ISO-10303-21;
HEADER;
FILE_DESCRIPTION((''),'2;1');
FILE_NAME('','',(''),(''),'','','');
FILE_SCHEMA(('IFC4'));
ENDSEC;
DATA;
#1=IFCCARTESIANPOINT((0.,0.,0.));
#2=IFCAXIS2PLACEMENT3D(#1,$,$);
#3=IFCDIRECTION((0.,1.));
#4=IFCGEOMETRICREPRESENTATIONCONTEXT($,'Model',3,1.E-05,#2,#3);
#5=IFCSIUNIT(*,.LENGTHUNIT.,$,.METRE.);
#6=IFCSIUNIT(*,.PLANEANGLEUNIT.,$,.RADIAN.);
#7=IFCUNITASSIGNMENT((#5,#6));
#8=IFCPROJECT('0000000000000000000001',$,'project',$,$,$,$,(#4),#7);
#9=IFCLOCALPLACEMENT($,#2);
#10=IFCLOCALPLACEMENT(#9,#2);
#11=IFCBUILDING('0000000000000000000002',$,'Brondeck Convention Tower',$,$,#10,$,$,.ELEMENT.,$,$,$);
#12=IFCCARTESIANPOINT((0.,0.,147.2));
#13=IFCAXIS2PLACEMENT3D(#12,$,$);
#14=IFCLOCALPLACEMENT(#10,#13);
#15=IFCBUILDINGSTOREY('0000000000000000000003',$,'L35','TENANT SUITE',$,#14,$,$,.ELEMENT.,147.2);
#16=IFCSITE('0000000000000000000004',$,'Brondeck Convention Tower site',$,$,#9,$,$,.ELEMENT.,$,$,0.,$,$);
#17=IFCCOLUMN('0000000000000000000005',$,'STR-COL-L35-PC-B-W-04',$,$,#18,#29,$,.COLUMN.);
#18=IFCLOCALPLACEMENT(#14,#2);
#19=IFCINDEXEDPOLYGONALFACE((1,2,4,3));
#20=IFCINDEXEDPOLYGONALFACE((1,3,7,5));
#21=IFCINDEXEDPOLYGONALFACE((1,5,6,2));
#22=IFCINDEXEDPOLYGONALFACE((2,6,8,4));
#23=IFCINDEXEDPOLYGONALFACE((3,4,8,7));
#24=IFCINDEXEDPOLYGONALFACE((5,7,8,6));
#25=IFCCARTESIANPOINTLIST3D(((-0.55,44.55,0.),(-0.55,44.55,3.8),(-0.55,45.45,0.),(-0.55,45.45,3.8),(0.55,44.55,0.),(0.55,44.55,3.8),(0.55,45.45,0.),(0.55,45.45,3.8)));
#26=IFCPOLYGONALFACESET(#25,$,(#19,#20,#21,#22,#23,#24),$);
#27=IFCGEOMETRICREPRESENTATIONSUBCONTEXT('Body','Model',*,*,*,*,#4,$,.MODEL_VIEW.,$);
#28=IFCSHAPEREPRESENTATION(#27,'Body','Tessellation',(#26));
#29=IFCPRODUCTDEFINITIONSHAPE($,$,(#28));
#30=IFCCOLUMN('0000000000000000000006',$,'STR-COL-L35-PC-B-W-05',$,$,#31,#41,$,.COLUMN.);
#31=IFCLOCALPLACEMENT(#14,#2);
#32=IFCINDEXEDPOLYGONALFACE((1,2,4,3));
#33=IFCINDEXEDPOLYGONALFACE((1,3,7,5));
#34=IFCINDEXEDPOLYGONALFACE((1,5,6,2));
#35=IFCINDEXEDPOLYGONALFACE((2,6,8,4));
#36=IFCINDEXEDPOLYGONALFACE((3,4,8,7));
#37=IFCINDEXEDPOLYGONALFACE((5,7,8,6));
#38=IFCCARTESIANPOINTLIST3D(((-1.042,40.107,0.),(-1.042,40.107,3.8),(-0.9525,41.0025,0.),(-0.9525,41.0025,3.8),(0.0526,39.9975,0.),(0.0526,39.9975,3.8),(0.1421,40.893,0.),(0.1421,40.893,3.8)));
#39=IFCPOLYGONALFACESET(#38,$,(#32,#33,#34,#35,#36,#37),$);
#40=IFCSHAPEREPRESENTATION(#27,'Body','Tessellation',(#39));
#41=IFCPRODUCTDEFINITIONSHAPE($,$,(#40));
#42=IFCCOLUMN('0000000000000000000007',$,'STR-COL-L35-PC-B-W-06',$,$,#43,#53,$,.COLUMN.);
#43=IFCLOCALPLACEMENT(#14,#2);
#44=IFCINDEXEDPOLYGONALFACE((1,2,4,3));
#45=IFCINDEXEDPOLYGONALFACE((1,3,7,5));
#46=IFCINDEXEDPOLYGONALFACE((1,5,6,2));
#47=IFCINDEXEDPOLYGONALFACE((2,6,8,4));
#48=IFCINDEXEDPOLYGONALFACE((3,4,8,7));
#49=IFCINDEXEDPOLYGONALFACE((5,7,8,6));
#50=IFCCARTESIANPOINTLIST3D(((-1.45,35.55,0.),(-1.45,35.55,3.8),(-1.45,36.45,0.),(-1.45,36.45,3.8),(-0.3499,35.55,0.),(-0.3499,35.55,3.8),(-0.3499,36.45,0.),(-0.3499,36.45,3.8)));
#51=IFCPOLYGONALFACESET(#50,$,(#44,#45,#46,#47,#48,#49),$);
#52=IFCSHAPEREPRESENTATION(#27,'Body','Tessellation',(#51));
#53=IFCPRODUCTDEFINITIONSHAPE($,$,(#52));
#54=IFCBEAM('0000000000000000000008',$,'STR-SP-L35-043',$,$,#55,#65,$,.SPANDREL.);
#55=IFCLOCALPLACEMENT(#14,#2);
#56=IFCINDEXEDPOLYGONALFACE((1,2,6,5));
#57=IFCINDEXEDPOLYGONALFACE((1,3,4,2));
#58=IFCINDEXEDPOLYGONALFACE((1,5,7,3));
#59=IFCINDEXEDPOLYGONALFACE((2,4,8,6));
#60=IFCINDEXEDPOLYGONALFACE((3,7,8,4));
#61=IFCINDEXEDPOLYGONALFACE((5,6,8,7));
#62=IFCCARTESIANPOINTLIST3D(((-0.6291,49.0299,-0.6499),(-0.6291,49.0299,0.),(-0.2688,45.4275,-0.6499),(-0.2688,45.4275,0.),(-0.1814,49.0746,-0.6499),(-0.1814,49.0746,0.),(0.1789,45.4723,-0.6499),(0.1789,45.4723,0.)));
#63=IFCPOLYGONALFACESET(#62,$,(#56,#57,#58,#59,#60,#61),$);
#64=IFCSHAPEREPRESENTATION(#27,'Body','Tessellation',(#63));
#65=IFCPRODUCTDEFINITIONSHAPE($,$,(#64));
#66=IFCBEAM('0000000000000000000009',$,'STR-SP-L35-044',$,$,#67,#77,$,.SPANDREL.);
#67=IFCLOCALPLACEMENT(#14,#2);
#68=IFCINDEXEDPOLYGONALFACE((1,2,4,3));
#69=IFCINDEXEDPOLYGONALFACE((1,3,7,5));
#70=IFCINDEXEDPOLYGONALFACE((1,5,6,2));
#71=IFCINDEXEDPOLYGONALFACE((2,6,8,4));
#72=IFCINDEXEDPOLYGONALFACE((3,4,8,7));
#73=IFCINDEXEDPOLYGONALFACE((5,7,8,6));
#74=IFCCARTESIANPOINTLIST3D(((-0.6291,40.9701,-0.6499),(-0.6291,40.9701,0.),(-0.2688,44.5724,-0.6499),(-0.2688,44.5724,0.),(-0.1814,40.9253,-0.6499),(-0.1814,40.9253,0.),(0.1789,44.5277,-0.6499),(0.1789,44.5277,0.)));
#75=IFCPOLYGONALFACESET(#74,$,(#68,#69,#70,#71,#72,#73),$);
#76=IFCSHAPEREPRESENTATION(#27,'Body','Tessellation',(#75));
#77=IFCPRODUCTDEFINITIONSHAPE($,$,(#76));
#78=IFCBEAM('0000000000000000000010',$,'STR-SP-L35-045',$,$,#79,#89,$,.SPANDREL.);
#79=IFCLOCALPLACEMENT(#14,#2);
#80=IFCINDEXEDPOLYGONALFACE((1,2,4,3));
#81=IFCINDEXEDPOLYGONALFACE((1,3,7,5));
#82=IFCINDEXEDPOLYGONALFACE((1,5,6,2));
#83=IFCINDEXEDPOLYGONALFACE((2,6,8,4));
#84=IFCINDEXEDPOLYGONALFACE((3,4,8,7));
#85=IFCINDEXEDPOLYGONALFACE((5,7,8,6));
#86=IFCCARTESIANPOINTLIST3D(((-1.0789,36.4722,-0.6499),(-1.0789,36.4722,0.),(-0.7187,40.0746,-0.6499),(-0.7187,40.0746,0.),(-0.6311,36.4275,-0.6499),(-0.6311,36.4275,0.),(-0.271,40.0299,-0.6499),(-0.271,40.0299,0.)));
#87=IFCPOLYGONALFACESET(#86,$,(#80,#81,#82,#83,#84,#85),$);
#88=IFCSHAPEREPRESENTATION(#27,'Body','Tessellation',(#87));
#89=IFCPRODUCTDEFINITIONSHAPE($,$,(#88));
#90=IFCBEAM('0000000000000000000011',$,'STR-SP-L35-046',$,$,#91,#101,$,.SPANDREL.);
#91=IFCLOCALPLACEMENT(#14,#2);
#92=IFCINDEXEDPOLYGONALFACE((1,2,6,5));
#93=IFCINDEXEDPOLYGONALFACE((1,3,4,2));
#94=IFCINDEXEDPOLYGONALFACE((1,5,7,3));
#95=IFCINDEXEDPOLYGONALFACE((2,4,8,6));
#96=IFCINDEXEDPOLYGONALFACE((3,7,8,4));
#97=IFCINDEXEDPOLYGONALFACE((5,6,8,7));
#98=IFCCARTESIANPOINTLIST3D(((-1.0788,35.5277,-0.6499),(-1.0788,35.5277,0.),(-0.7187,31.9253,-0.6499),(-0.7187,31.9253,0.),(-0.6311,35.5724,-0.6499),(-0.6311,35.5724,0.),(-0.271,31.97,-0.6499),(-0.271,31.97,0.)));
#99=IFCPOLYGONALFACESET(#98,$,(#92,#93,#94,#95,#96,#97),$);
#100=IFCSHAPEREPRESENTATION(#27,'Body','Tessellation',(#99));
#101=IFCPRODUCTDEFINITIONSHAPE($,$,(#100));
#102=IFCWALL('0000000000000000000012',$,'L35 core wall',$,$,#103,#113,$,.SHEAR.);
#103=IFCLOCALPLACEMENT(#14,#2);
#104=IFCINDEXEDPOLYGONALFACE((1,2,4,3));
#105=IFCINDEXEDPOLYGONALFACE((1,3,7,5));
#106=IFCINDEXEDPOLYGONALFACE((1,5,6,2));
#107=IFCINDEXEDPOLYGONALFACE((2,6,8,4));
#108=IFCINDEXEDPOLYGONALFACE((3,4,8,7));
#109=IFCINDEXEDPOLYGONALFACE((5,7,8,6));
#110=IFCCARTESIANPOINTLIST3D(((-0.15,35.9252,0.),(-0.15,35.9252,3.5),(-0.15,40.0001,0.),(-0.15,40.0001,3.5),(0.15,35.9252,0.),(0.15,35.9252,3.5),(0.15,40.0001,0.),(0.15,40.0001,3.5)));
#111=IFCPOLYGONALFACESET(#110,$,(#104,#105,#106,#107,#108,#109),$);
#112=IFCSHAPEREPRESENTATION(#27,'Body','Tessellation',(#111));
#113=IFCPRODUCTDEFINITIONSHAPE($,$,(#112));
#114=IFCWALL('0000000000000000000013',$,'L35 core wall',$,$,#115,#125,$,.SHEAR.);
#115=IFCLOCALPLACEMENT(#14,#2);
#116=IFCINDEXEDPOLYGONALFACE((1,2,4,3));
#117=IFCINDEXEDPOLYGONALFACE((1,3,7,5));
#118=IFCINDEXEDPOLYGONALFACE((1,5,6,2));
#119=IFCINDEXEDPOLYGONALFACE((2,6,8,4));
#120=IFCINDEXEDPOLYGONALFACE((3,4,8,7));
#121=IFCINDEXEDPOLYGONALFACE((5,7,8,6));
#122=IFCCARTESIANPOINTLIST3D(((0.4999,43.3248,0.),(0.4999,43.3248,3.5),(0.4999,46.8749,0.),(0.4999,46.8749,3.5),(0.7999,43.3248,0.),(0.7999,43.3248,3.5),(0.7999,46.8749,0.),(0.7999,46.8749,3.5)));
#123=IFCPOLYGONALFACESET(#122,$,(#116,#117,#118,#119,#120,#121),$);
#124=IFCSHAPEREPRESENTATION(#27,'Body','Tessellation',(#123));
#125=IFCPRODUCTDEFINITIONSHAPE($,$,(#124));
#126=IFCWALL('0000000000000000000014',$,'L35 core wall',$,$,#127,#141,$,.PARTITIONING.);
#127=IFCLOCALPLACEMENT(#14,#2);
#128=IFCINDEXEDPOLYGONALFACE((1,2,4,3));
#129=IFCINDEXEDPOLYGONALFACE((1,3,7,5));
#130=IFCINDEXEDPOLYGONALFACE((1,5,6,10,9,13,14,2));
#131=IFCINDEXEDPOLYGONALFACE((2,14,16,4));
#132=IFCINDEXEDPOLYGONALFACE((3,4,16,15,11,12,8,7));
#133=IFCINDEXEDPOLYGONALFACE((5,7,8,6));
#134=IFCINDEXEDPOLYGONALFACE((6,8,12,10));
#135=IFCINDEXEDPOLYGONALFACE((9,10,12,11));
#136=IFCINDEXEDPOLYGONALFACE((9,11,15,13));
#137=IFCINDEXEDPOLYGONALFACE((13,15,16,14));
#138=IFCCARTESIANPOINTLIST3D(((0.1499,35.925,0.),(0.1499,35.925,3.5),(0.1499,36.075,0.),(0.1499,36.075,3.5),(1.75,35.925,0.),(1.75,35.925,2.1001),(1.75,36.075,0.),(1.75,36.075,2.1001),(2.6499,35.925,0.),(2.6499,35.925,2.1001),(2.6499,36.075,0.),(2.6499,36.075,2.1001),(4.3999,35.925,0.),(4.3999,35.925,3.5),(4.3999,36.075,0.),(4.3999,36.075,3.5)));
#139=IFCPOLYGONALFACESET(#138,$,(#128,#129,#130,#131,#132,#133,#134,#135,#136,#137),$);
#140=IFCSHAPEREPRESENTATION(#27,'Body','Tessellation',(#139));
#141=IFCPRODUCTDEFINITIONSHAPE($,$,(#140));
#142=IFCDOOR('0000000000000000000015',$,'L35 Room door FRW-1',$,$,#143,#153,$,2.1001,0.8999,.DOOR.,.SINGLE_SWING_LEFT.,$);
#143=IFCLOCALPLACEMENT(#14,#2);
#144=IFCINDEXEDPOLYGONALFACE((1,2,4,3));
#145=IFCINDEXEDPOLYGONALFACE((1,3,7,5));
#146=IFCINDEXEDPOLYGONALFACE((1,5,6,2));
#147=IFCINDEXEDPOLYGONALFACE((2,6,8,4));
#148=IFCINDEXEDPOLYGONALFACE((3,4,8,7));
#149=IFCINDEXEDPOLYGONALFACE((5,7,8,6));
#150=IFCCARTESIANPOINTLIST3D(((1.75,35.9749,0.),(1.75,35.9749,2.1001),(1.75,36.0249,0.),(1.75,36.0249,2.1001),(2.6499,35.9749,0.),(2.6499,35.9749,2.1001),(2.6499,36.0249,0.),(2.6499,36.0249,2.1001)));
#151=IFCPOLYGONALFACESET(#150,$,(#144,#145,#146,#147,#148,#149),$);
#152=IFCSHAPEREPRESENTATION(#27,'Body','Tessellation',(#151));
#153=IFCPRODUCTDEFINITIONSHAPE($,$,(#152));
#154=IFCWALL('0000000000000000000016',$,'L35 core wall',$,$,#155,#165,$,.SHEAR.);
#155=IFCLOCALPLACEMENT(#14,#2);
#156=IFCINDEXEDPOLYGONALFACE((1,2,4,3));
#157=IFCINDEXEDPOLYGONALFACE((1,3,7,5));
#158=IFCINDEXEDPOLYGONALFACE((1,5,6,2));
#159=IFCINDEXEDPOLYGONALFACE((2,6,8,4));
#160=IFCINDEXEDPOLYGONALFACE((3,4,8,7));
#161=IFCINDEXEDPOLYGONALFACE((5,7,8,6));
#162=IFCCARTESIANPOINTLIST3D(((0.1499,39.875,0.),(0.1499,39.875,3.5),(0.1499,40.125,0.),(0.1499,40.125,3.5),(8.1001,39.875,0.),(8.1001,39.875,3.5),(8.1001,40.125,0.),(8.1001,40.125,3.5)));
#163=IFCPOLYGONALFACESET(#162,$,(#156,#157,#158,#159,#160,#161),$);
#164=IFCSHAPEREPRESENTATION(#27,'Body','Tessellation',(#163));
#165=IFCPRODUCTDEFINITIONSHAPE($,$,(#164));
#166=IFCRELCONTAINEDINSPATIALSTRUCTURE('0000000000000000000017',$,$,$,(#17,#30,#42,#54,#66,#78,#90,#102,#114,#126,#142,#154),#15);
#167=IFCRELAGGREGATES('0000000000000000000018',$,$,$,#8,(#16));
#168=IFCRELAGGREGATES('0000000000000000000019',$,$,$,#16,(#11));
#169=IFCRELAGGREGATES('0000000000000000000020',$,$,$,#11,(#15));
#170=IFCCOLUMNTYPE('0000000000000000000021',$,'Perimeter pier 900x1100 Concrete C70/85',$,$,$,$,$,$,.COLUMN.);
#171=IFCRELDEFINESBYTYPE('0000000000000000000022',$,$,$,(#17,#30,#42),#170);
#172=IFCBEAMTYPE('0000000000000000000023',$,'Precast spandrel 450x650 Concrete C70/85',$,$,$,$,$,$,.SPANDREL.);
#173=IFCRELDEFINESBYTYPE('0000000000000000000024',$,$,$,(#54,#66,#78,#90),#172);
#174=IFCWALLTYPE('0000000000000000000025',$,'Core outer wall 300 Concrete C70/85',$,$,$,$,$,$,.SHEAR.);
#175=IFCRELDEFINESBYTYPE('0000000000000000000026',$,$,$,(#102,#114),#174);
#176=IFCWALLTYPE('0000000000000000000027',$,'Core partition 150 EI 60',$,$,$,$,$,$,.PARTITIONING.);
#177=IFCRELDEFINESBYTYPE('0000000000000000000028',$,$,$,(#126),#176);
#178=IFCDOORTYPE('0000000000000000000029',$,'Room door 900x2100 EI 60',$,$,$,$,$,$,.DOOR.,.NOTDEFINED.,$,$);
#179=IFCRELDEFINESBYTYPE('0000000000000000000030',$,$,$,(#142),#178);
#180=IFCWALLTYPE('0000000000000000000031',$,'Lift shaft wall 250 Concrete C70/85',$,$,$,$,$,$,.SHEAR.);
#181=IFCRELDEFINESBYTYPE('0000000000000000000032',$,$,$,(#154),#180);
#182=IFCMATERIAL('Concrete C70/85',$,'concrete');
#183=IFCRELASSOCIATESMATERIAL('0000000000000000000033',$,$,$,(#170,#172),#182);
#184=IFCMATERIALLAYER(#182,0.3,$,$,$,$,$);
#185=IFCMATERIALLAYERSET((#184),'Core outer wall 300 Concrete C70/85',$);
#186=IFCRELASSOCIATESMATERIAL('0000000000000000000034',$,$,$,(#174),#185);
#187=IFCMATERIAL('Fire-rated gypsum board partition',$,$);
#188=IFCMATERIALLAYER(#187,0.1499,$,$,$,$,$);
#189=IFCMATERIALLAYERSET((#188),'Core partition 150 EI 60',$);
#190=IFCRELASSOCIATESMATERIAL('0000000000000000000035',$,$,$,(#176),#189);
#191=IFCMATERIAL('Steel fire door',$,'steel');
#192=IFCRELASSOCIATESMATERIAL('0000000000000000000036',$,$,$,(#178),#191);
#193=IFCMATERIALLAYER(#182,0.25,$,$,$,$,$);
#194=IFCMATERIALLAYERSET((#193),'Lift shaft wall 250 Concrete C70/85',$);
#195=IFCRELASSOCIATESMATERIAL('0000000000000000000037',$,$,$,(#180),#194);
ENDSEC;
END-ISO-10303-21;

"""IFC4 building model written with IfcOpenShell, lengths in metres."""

from ifc_helpers import new_model, si_unit, direction, frame, frame_2d, origin, origin_2d, place, context, subcontext, project, spatial, rectangle, extrude, material, layer, layer_set, material_profile, profile_set, type_object, element, fill, save


model = new_model("IFC4")

# Units and contexts
model_context = context("Model", 3, precision=1e-05, world=origin(), true_north=direction((0.0, 1.0)))
body_context = subcontext(model_context, "Body", "Model", "MODEL_VIEW")
ifc_project = project(units=[si_unit("LENGTHUNIT", "METRE"), si_unit("PLANEANGLEUNIT", "RADIAN")], contexts=[model_context])

# Site, building, storey
site_placement = place(None, origin())
site = spatial("IfcSite", under=ifc_project, at=site_placement, Name="Brondeck Convention Tower site", CompositionType="ELEMENT", RefElevation=0.0)
building_placement = place(site_placement, origin())
building = spatial("IfcBuilding", under=site, at=building_placement, Name="Brondeck Convention Tower", CompositionType="ELEMENT")
storey_placement = place(building_placement, frame((0.0, 0.0, 147.2)))
storey = spatial("IfcBuildingStorey", under=building, at=storey_placement, Name="L35", Description="TENANT SUITE", CompositionType="ELEMENT", Elevation=147.2)

# Columns
ifc_material_1 = material(Name="Concrete C70/85", Category="concrete")
ifc_material_profile_1 = material_profile(ifc_material_1, rectangle(XDim=0.8999, YDim=1.1001, at=origin_2d()), Name="Perimeter pier 900x1100 Concrete C70/85")
ifc_profile_set_1 = profile_set([ifc_material_profile_1], Name="Concrete C70/85")
column_type = type_object("IfcColumnType", Name="Perimeter pier 900x1100 Concrete C70/85", PredefinedType="COLUMN", material=ifc_profile_set_1)
for number, where, z_axis, x_axis, name in (
    (1, (0.0, 45.0, 0.0), (0.0, 0.0, 1.0), (0.0, -1.0, 0.0), "STR-COL-L35-PC-B-W-04"),
    (2, (-0.45, 40.5, 0.0), (0.0, 0.0, 1.0), (-0.099504, -0.995037, 0.0), "STR-COL-L35-PC-B-W-05"),
    (3, (-0.8999, 36.0, 0.0), (0.0, 0.0, 1.0), (0.0, -1.0, 0.0), "STR-COL-L35-PC-B-W-06"),
):
    element("IfcColumn", number, at=place(storey_placement, frame(where, z_axis=z_axis, x_axis=x_axis)), inside=storey, type_object=column_type, Name=name, PredefinedType="COLUMN", context=body_context, shape_type="SweptSolid", body=[
        extrude(rectangle(XDim=0.8999, YDim=1.1001, at=origin_2d()), origin(), (0.0, 0.0, 1.0), 3.8),
    ])

# Beams
ifc_material_profile_2 = material_profile(ifc_material_1, rectangle(XDim=0.45, YDim=0.6499, at=origin_2d()), Name="Precast spandrel 450x650 Concrete C70/85")
ifc_profile_set_2 = profile_set([ifc_material_profile_2], Name="Concrete C70/85")
beam_type = type_object("IfcBeamType", Name="Precast spandrel 450x650 Concrete C70/85", PredefinedType="SPANDREL", material=ifc_profile_set_2)
for number, where, z_axis, x_axis, name in (
    (4, (-0.4053, 49.0522, -0.325), (0.099537, -0.995034, 0.0), (0.995034, 0.099537, 0.0), "STR-SP-L35-043"),
    (5, (-0.0449, 44.55, -0.325), (-0.099537, -0.995034, 0.0), (0.995034, -0.099537, 0.0), "STR-SP-L35-044"),
    (6, (-0.4949, 40.0522, -0.325), (-0.09947, -0.995041, 0.0), (0.995041, -0.09947, 0.0), "STR-SP-L35-045"),
    (7, (-0.855, 35.55, -0.325), (0.09947, -0.995041, 0.0), (0.995041, 0.09947, 0.0), "STR-SP-L35-046"),
):
    element("IfcBeam", number, at=place(storey_placement, frame(where, z_axis=z_axis, x_axis=x_axis)), inside=storey, type_object=beam_type, Name=name, PredefinedType="SPANDREL", context=body_context, shape_type="SweptSolid", body=[
        extrude(rectangle(XDim=0.45, YDim=0.6499, at=origin_2d()), origin(), (0.0, 0.0, 1.0), 3.6204),
    ])

# Walls
ifc_layer_1 = layer(ifc_material_1, 0.3)
ifc_layer_set_1 = layer_set([ifc_layer_1], Name="Core outer wall 300 Concrete C70/85")
wall_type_1 = type_object("IfcWallType", Name="Core outer wall 300 Concrete C70/85", PredefinedType="SHEAR", material=ifc_layer_set_1)
wall_1_placement = place(storey_placement, frame((0.0, 35.925, 0.0), z_axis=(0.0, 0.0, 1.0), x_axis=(0.0, 1.0, 0.0)))
element("IfcWall", 8, at=wall_1_placement, inside=storey, type_object=wall_type_1, Name="L35 core wall", PredefinedType="SHEAR", context=body_context, shape_type="SweptSolid", body=[
    extrude(rectangle(XDim=4.075, YDim=0.3, at=frame_2d((2.0376, 0.0))), origin(), (0.0, 0.0, 1.0), 3.5),
])
wall_2_placement = place(storey_placement, frame((0.6499, 43.325, 0.0), z_axis=(0.0, 0.0, 1.0), x_axis=(0.0, 1.0, 0.0)))
element("IfcWall", 9, at=wall_2_placement, inside=storey, type_object=wall_type_1, Name="L35 core wall", PredefinedType="SHEAR", context=body_context, shape_type="SweptSolid", body=[
    extrude(rectangle(XDim=3.55, YDim=0.3, at=frame_2d((1.7749, 0.0))), origin(), (0.0, 0.0, 1.0), 3.5),
])

# Wall, opening, door
ifc_material_2 = material(Name="Fire-rated gypsum board partition")
ifc_layer_2 = layer(ifc_material_2, 0.1499)
ifc_layer_set_2 = layer_set([ifc_layer_2], Name="Core partition 150 EI 60")
wall_type_2 = type_object("IfcWallType", Name="Core partition 150 EI 60", PredefinedType="PARTITIONING", material=ifc_layer_set_2)
wall_3_placement = place(storey_placement, frame((0.1499, 36.0, 0.0), z_axis=(0.0, 0.0, 1.0), x_axis=(1.0, 0.0, 0.0)))
wall_3 = element("IfcWall", 10, at=wall_3_placement, inside=storey, type_object=wall_type_2, Name="L35 core wall", PredefinedType="PARTITIONING", context=body_context, shape_type="SweptSolid", body=[
    extrude(rectangle(XDim=4.25, YDim=0.1499, at=frame_2d((2.125, 0.0))), origin(), (0.0, 0.0, 1.0), 3.5),
])
opening_1_placement = place(wall_3_placement, frame((1.6001, 0.0, 0.0)))
opening_1 = element("IfcOpeningElement", 11, at=opening_1_placement, cuts=wall_3, PredefinedType="OPENING", context=body_context, shape_type="SweptSolid", body=[
    extrude(rectangle(XDim=0.8999, YDim=2.1001, at=frame_2d((0.45, 1.05))), frame((0.0, 0.085, 0.0), z_axis=(0.0, -1.0, 0.0), x_axis=(1.0, 0.0, 0.0)), (0.0, 0.0, 1.0), 0.1699),
])
ifc_material_3 = material(Name="Steel fire door", Category="steel")
door_type_1 = type_object("IfcDoorType", Name="Room door 900x2100 EI 60", OperationType="NOTDEFINED", PredefinedType="DOOR", material=ifc_material_3)
door_1_placement = place(opening_1_placement, origin())
door_1 = element("IfcDoor", 12, at=door_1_placement, inside=storey, type_object=door_type_1, Name="L35 Room door FRW-1", OperationType="SINGLE_SWING_LEFT", OverallHeight=2.1001, OverallWidth=0.8999, PredefinedType="DOOR", context=body_context, shape_type="SweptSolid", body=[
    extrude(rectangle(XDim=0.8999, YDim=2.1001, at=frame_2d((0.45, 1.05))), frame((0.0, 0.0249, 0.0), z_axis=(0.0, -1.0, 0.0), x_axis=(1.0, 0.0, 0.0)), (0.0, 0.0, 1.0), 0.05),
])
fill(opening_1, door_1)

# Wall
ifc_layer_3 = layer(ifc_material_1, 0.25)
ifc_layer_set_3 = layer_set([ifc_layer_3], Name="Lift shaft wall 250 Concrete C70/85")
wall_type_3 = type_object("IfcWallType", Name="Lift shaft wall 250 Concrete C70/85", PredefinedType="SHEAR", material=ifc_layer_set_3)
wall_4_placement = place(storey_placement, frame((0.1499, 40.0, 0.0), z_axis=(0.0, 0.0, 1.0), x_axis=(1.0, 0.0, 0.0)))
element("IfcWall", 13, at=wall_4_placement, inside=storey, type_object=wall_type_3, Name="L35 core wall", PredefinedType="SHEAR", context=body_context, shape_type="SweptSolid", body=[
    extrude(rectangle(XDim=7.9502, YDim=0.25, at=frame_2d((3.9751, 0.0))), origin(), (0.0, 0.0, 1.0), 3.5),
])

save(model, "model.ifc")
